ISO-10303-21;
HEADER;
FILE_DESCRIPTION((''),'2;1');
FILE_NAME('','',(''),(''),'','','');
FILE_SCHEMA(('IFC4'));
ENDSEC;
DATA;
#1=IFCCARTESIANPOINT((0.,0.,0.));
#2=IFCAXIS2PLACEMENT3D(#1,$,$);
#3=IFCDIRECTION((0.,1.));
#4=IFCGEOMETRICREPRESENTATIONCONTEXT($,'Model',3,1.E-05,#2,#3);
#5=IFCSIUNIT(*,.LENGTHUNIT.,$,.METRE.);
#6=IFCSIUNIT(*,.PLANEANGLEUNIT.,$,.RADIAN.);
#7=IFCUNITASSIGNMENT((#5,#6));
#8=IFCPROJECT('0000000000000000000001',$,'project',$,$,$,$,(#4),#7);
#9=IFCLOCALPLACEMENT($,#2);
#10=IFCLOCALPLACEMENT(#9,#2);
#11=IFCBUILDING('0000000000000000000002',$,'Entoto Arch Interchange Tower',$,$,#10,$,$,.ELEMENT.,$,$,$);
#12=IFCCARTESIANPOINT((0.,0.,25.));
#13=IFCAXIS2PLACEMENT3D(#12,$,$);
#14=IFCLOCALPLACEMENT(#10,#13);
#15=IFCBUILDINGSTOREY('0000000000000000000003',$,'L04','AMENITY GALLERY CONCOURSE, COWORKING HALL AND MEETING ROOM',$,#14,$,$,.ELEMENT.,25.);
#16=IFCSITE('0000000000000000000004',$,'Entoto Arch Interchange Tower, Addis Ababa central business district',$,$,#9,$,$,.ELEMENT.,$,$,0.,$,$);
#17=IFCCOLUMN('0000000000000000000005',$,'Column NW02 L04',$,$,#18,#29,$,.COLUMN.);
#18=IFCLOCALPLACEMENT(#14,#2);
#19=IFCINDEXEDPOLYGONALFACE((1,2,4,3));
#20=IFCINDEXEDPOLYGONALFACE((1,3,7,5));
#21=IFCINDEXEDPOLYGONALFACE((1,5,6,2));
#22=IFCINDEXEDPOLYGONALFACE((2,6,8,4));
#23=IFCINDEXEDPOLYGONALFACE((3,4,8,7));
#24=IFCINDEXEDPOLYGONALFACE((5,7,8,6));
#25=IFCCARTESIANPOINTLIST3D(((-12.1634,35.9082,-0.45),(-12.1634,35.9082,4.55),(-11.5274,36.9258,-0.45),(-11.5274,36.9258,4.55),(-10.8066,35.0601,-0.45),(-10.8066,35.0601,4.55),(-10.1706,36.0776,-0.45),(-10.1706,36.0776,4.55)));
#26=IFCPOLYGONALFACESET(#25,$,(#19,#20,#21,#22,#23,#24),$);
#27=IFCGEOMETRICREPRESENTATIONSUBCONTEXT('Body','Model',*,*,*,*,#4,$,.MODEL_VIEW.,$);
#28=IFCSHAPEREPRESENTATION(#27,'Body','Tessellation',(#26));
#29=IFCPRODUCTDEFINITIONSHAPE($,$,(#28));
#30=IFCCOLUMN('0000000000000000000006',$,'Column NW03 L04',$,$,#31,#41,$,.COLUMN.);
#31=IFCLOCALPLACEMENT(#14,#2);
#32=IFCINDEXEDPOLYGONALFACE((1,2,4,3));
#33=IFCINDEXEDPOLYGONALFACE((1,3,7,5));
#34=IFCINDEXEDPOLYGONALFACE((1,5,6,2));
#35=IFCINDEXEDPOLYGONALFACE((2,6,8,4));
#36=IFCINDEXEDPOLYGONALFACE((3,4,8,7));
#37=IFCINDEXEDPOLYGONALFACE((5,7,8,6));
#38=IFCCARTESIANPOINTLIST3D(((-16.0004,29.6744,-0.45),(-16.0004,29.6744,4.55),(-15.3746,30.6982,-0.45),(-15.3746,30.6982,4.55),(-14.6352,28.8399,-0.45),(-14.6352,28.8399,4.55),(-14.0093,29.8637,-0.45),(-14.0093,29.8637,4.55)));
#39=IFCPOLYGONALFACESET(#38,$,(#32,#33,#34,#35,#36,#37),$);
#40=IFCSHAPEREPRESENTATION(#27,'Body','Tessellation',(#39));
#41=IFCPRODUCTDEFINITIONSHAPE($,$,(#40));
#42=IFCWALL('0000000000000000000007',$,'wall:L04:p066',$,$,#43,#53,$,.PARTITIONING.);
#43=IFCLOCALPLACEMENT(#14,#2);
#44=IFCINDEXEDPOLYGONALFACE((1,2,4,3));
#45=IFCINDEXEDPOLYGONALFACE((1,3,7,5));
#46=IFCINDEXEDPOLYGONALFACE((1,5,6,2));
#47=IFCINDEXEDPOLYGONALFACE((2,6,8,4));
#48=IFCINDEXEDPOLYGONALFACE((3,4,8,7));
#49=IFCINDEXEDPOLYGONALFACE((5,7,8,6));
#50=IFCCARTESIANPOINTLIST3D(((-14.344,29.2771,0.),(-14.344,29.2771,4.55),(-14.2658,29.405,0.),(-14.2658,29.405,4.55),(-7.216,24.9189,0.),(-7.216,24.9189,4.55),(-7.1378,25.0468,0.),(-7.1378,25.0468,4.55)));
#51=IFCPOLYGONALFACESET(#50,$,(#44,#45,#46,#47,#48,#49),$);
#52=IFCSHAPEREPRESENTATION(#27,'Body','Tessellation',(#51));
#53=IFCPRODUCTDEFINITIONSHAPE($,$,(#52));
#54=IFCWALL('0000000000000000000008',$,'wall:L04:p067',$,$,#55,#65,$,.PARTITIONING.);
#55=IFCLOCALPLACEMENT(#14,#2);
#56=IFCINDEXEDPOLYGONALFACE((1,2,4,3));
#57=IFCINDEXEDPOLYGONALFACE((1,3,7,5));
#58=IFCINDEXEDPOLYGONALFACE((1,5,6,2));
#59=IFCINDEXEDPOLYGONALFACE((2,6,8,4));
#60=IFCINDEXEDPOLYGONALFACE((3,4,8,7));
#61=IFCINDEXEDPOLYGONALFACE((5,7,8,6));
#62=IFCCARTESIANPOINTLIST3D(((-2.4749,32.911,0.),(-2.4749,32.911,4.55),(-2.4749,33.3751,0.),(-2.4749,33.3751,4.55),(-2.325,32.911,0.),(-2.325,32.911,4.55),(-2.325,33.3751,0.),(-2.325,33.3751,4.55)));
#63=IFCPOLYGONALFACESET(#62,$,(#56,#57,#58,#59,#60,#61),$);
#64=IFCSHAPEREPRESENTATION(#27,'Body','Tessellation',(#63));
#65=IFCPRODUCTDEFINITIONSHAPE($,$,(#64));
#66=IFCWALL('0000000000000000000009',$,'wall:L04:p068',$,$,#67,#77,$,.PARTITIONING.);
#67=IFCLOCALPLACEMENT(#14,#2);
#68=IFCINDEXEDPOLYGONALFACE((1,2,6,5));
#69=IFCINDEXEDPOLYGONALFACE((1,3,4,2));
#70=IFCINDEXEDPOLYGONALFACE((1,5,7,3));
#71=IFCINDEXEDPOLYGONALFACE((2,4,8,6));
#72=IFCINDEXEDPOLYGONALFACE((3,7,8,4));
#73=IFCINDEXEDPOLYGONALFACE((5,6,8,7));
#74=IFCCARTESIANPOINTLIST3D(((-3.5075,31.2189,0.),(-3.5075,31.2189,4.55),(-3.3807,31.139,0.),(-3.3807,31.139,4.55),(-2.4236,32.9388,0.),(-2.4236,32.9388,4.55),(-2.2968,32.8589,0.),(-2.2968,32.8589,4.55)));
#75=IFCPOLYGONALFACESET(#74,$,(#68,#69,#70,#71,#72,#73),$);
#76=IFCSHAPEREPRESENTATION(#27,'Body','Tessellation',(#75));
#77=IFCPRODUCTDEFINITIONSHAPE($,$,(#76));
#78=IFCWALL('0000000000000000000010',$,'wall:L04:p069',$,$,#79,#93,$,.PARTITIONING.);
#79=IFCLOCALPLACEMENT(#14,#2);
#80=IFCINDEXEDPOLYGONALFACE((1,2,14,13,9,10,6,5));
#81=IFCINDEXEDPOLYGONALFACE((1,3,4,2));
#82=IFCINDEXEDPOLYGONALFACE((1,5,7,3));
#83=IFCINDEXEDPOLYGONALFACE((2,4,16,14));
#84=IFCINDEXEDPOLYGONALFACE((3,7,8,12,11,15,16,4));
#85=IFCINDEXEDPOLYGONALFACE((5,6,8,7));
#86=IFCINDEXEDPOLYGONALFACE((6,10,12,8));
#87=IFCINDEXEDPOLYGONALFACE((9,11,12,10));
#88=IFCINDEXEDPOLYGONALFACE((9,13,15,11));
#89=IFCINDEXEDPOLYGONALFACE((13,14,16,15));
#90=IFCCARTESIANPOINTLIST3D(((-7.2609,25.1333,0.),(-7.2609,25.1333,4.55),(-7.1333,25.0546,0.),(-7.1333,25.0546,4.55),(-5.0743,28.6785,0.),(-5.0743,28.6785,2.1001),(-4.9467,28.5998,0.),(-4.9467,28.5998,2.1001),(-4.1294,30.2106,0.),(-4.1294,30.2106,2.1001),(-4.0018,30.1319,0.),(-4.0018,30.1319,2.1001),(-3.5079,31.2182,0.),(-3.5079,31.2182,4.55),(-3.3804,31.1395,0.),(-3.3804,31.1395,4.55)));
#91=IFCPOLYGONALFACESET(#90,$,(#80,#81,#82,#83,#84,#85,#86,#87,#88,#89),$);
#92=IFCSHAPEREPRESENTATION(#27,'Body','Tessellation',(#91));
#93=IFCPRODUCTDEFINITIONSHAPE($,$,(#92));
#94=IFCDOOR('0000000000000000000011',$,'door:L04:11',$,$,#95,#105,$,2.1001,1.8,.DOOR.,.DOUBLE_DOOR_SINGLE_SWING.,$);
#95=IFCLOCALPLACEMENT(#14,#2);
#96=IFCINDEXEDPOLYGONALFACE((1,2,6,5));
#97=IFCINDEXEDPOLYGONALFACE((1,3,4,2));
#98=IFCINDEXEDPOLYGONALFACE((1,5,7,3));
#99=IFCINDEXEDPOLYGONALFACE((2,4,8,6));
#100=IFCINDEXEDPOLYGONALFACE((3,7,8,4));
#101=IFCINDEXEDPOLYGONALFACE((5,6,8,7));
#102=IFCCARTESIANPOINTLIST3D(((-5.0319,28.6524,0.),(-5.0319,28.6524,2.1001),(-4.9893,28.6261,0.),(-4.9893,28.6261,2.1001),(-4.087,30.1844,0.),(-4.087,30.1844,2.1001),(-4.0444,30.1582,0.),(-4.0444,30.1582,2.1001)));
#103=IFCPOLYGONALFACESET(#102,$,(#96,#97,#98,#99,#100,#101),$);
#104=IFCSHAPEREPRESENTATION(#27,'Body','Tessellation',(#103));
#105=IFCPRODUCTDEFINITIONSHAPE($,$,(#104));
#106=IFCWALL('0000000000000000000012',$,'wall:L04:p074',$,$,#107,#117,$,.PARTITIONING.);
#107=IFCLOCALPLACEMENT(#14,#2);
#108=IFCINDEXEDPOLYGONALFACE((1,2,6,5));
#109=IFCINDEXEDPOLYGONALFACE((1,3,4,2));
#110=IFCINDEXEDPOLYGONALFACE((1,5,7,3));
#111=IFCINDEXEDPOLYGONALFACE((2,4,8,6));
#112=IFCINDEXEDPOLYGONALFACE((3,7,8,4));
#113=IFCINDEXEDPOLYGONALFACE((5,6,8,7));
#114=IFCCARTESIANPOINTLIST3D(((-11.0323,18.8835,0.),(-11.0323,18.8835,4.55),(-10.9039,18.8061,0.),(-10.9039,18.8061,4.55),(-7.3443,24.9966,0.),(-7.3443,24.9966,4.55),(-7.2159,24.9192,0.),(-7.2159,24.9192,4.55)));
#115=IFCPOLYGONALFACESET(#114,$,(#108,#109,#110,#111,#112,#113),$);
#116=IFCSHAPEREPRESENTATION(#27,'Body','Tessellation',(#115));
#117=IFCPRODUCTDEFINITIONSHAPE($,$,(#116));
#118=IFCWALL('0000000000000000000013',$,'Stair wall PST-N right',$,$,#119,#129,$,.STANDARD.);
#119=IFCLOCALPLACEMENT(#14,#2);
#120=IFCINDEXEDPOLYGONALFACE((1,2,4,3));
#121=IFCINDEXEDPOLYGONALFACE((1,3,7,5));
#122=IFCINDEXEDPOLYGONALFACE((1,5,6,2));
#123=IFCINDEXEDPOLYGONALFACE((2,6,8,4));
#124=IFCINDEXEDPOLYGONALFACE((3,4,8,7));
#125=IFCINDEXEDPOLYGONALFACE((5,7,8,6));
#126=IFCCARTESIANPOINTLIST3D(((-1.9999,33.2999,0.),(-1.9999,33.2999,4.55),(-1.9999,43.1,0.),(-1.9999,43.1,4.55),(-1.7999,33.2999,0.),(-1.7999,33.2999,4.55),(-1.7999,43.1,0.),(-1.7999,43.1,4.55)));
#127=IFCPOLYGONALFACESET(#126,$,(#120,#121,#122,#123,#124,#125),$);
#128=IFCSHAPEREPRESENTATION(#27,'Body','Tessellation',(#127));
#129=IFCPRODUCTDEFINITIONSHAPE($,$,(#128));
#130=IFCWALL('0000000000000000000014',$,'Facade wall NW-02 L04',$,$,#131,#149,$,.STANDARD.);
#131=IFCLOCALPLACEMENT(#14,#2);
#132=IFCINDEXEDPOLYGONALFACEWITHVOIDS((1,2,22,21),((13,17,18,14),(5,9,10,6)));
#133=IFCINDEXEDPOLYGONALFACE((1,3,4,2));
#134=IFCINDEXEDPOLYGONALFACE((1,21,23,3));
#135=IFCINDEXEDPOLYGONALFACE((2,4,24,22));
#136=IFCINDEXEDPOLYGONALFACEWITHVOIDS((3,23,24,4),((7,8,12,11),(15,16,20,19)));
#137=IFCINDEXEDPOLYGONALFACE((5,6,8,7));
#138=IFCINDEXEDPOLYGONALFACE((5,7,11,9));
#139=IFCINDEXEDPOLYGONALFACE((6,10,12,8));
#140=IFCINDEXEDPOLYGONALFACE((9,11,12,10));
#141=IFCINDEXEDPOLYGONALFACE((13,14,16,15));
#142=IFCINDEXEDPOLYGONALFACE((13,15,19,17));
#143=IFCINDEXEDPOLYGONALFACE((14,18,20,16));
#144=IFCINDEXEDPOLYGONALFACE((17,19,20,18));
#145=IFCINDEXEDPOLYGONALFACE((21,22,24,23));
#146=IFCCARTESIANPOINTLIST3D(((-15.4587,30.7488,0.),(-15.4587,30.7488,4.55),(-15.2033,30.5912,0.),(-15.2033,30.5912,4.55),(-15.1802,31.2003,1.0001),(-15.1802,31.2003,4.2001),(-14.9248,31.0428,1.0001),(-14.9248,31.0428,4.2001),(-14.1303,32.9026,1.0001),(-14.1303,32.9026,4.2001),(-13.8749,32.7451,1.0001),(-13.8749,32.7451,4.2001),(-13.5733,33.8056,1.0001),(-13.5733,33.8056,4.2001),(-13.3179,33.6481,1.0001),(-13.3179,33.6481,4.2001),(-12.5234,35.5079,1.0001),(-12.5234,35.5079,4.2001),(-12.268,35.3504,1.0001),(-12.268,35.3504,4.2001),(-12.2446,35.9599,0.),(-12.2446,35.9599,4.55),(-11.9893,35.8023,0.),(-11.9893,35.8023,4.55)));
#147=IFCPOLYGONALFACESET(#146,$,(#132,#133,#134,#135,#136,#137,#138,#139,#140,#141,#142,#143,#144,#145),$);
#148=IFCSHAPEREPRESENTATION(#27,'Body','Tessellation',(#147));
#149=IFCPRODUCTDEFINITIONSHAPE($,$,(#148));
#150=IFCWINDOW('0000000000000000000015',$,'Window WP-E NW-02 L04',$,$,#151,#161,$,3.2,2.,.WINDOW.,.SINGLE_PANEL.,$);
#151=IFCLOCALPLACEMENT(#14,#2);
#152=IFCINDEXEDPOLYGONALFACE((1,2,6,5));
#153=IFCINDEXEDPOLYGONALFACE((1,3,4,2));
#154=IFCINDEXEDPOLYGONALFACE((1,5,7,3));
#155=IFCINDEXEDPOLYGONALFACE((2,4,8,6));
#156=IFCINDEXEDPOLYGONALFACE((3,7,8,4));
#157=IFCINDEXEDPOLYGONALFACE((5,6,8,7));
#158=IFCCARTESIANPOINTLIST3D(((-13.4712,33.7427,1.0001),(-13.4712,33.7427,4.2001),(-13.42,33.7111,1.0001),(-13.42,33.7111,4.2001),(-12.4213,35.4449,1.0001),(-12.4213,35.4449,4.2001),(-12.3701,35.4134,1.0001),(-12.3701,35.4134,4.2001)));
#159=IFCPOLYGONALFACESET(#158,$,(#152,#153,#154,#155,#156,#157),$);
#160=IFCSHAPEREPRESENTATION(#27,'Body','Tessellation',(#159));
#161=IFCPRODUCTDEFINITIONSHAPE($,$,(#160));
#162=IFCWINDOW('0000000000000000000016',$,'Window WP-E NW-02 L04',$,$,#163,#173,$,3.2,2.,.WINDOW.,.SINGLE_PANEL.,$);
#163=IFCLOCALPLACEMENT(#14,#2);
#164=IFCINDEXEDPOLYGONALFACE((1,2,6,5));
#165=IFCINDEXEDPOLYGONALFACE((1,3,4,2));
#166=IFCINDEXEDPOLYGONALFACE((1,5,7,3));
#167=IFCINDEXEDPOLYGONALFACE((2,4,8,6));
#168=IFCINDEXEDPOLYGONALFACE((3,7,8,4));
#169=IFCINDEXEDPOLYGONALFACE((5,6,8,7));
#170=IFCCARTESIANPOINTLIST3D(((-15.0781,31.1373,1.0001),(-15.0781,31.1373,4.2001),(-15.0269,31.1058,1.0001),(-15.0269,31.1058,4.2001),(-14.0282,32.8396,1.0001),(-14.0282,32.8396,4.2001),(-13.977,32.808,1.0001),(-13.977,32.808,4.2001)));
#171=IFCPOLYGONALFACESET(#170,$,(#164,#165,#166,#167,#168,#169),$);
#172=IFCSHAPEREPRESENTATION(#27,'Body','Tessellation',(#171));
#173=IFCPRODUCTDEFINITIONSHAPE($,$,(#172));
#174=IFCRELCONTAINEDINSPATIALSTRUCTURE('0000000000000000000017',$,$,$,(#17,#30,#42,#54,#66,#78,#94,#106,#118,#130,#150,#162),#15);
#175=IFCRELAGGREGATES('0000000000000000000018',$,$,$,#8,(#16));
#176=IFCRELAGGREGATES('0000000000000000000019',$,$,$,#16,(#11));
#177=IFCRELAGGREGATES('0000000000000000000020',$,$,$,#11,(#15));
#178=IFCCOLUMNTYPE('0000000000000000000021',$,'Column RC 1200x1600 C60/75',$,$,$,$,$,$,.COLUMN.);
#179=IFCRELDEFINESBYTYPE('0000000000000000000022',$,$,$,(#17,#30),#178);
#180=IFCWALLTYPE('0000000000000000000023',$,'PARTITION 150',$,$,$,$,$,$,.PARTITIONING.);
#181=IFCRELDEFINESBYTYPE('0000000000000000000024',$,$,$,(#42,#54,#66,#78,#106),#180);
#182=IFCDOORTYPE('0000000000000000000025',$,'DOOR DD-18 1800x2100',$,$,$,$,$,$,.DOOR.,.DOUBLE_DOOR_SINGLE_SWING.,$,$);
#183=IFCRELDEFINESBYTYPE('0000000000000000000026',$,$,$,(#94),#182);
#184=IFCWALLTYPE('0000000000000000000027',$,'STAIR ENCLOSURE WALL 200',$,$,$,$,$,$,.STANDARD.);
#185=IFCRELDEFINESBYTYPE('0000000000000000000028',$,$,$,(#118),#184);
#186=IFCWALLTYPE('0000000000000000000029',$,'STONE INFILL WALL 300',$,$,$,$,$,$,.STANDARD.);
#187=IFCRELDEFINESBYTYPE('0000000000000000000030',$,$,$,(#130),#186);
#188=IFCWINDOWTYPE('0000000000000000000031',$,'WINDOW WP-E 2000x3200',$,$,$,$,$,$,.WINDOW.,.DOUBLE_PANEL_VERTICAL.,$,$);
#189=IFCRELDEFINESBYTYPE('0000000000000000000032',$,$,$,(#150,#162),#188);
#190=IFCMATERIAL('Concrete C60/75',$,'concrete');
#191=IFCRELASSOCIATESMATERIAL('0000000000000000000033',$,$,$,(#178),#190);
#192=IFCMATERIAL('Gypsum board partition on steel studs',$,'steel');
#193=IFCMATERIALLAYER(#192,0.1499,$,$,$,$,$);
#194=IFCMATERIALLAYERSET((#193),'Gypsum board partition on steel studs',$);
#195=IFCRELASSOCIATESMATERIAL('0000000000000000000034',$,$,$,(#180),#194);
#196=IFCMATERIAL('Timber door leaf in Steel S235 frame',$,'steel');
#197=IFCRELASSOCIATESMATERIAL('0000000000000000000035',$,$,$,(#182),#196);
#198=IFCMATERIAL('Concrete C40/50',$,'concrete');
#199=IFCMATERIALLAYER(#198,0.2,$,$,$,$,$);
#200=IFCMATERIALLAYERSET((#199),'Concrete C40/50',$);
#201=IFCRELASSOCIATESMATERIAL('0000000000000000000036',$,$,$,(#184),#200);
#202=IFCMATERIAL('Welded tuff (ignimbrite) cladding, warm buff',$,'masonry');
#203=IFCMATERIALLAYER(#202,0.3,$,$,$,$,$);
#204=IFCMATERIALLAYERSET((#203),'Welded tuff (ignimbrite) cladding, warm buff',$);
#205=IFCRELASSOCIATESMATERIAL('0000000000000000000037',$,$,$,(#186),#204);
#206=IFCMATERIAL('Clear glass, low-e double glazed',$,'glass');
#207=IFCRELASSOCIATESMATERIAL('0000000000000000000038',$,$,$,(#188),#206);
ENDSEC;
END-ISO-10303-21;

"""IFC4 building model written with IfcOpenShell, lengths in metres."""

from ifc_helpers import new_model, si_unit, direction, frame, frame_2d, origin, origin_2d, place, context, subcontext, project, spatial, rectangle, extrude, material, layer, layer_set, material_profile, profile_set, type_object, element, fill, save


model = new_model("IFC4")

# Units and contexts
model_context = context("Model", 3, precision=1e-05, world=origin(), true_north=direction((0.0, 1.0)))
body_context = subcontext(model_context, "Body", "Model", "MODEL_VIEW")
ifc_project = project(units=[si_unit("LENGTHUNIT", "METRE"), si_unit("PLANEANGLEUNIT", "RADIAN")], contexts=[model_context])

# Site, building, storey
site_placement = place(None, origin())
site = spatial("IfcSite", under=ifc_project, at=site_placement, Name="Entoto Arch Interchange Tower, Addis Ababa central business district", CompositionType="ELEMENT", RefElevation=0.0)
building_placement = place(site_placement, origin())
building = spatial("IfcBuilding", under=site, at=building_placement, Name="Entoto Arch Interchange Tower", CompositionType="ELEMENT")
storey_placement = place(building_placement, frame((0.0, 0.0, 25.0)))
storey = spatial("IfcBuildingStorey", under=building, at=storey_placement, Name="L04", Description="AMENITY GALLERY CONCOURSE, COWORKING HALL AND MEETING ROOM", CompositionType="ELEMENT", Elevation=25.0)

# Columns
ifc_material_1 = material(Name="Concrete C60/75", Category="concrete")
ifc_material_profile = material_profile(ifc_material_1, rectangle(XDim=1.2, YDim=1.6001, at=origin_2d()))
ifc_profile_set = profile_set([ifc_material_profile], Name="Concrete C60/75")
column_type = type_object("IfcColumnType", Name="Column RC 1200x1600 C60/75", PredefinedType="COLUMN", material=ifc_profile_set)
for number, where, z_axis, x_axis, name in (
    (1, (-11.167, 35.9929, -0.45), (0.0, 0.0, 1.0), (0.530067, 0.847956, 0.0), "Column NW02 L04"),
    (2, (-15.0049, 29.769, -0.45), (0.0, 0.0, 1.0), (0.521546, 0.853223, 0.0), "Column NW03 L04"),
):
    element("IfcColumn", number, at=place(storey_placement, frame(where, z_axis=z_axis, x_axis=x_axis)), inside=storey, type_object=column_type, Name=name, PredefinedType="COLUMN", context=body_context, shape_type="SweptSolid", body=[
        extrude(rectangle(XDim=1.2, YDim=1.6001, at=origin_2d()), origin(), (0.0, 0.0, 1.0), 5.0),
    ])

# Walls
ifc_material_2 = material(Name="Gypsum board partition on steel studs", Category="steel")
ifc_layer_1 = layer(ifc_material_2, 0.1499)
ifc_layer_set_1 = layer_set([ifc_layer_1], Name="Gypsum board partition on steel studs")
wall_type_1 = type_object("IfcWallType", Name="PARTITION 150", PredefinedType="PARTITIONING", material=ifc_layer_set_1)
wall_1_placement = place(storey_placement, frame((-7.177, 24.9829, 0.0), z_axis=(0.0, 0.0, 1.0), x_axis=(-0.853165, 0.521641, 0.0)))
element("IfcWall", 3, at=wall_1_placement, inside=storey, type_object=wall_type_1, Name="wall:L04:p066", PredefinedType="PARTITIONING", context=body_context, shape_type="SweptSolid", body=[
    extrude(rectangle(XDim=8.3547, YDim=0.1499, at=frame_2d((4.1772, 0.0))), origin(), (0.0, 0.0, 1.0), 4.55),
])
wall_2_placement = place(storey_placement, frame((-2.3999, 33.375, 0.0), z_axis=(0.0, 0.0, 1.0), x_axis=(0.0, -1.0, 0.0)))
element("IfcWall", 4, at=wall_2_placement, inside=storey, type_object=wall_type_1, Name="wall:L04:p067", PredefinedType="PARTITIONING", context=body_context, shape_type="SweptSolid", body=[
    extrude(rectangle(XDim=0.4641, YDim=0.1499, at=frame_2d((0.2319, 0.0))), origin(), (0.0, 0.0, 1.0), 4.55),
])
wall_3_placement = place(storey_placement, frame((-2.3601, 32.8989, 0.0), z_axis=(0.0, 0.0, 1.0), x_axis=(-0.533179, -0.846002, 0.0)))
element("IfcWall", 5, at=wall_3_placement, inside=storey, type_object=wall_type_1, Name="wall:L04:p068", PredefinedType="PARTITIONING", context=body_context, shape_type="SweptSolid", body=[
    extrude(rectangle(XDim=2.033, YDim=0.1499, at=frame_2d((1.0166, 0.0))), origin(), (0.0, 0.0, 1.0), 4.55),
])

# Wall, opening, door
wall_4_placement = place(storey_placement, frame((-3.4441, 31.179, 0.0), z_axis=(0.0, 0.0, 1.0), x_axis=(-0.524943, -0.851137, 0.0)))
wall_4 = element("IfcWall", 6, at=wall_4_placement, inside=storey, type_object=wall_type_1, Name="wall:L04:p069", PredefinedType="PARTITIONING", context=body_context, shape_type="SweptSolid", body=[
    extrude(rectangle(XDim=7.1492, YDim=0.1499, at=frame_2d((3.5747, 0.0))), origin(), (0.0, 0.0, 1.0), 4.55),
])
opening_1_placement = place(wall_4_placement, frame((1.1841, 0.0, 0.0)))
opening_1 = element("IfcOpeningElement", 7, at=opening_1_placement, cuts=wall_4, PredefinedType="OPENING", context=body_context, shape_type="SweptSolid", body=[
    extrude(rectangle(XDim=1.8, YDim=2.1001, at=frame_2d((0.8999, 1.05))), frame((0.0, 0.085, 0.0), z_axis=(0.0, -1.0, 0.0), x_axis=(1.0, 0.0, 0.0)), (0.0, 0.0, 1.0), 0.1699),
])
ifc_material_3 = material(Name="Timber door leaf in Steel S235 frame", Category="steel")
door_type = type_object("IfcDoorType", Name="DOOR DD-18 1800x2100", OperationType="DOUBLE_DOOR_SINGLE_SWING", PredefinedType="DOOR", material=ifc_material_3)
door_placement = place(opening_1_placement, origin())
door = element("IfcDoor", 8, at=door_placement, inside=storey, type_object=door_type, Name="door:L04:11", OperationType="DOUBLE_DOOR_SINGLE_SWING", OverallHeight=2.1001, OverallWidth=1.8, PredefinedType="DOOR", context=body_context, shape_type="SweptSolid", body=[
    extrude(rectangle(XDim=1.8, YDim=2.1001, at=frame_2d((0.8999, 1.05))), frame((0.0, 0.0249, 0.0), z_axis=(0.0, -1.0, 0.0), x_axis=(1.0, 0.0, 0.0)), (0.0, 0.0, 1.0), 0.05),
])
fill(opening_1, door)

# Walls
wall_5_placement = place(storey_placement, frame((-7.28, 24.958, 0.0), z_axis=(0.0, 0.0, 1.0), x_axis=(-0.516571, -0.856244, 0.0)))
element("IfcWall", 9, at=wall_5_placement, inside=storey, type_object=wall_type_1, Name="wall:L04:p074", PredefinedType="PARTITIONING", context=body_context, shape_type="SweptSolid", body=[
    extrude(rectangle(XDim=7.1394, YDim=0.1499, at=frame_2d((3.5698, 0.0))), origin(), (0.0, 0.0, 1.0), 4.55),
])
ifc_material_4 = material(Name="Concrete C40/50", Category="concrete")
ifc_layer_2 = layer(ifc_material_4, 0.2)
ifc_layer_set_2 = layer_set([ifc_layer_2], Name="Concrete C40/50")
wall_type_2 = type_object("IfcWallType", Name="STAIR ENCLOSURE WALL 200", PredefinedType="STANDARD", material=ifc_layer_set_2)
wall_6_placement = place(storey_placement, frame((-1.8999, 33.3, 0.0), z_axis=(0.0, 0.0, 1.0), x_axis=(0.0, 1.0, 0.0)))
element("IfcWall", 10, at=wall_6_placement, inside=storey, type_object=wall_type_2, Name="Stair wall PST-N right", PredefinedType="STANDARD", context=body_context, shape_type="SweptSolid", body=[
    extrude(rectangle(XDim=9.8, YDim=0.2, at=frame_2d((4.8999, 0.0))), origin(), (0.0, 0.0, 1.0), 4.55),
])

# Wall, openings, windows
ifc_material_5 = material(Name="Welded tuff (ignimbrite) cladding, warm buff", Category="masonry")
ifc_layer_3 = layer(ifc_material_5, 0.3)
ifc_layer_set_3 = layer_set([ifc_layer_3], Name="Welded tuff (ignimbrite) cladding, warm buff")
wall_type_3 = type_object("IfcWallType", Name="STONE INFILL WALL 300", PredefinedType="STANDARD", material=ifc_layer_set_3)
wall_7_placement = place(storey_placement, frame((-12.1169, 35.8811, 0.0), z_axis=(0.0, 0.0, 1.0), x_axis=(-0.524954, -0.851131, 0.0)))
wall_7 = element("IfcWall", 11, at=wall_7_placement, inside=storey, type_object=wall_type_3, Name="Facade wall NW-02 L04", PredefinedType="STANDARD", context=body_context, shape_type="SweptSolid", body=[
    extrude(rectangle(XDim=6.1226, YDim=0.3, at=frame_2d((3.0613, 0.0))), origin(), (0.0, 0.0, 1.0), 4.55),
])
opening_2_placement = place(wall_7_placement, frame((0.531, 0.0, 1.0)))
opening_2 = element("IfcOpeningElement", 12, at=opening_2_placement, cuts=wall_7, PredefinedType="OPENING", context=body_context, shape_type="SweptSolid", body=[
    extrude(rectangle(XDim=2.0, YDim=3.2, at=frame_2d((1.0, 1.6001))), frame((0.0, 0.1602, 0.0), z_axis=(0.0, -1.0, 0.0), x_axis=(1.0, 0.0, 0.0)), (0.0, 0.0, 1.0), 0.3201),
])
opening_3_placement = place(wall_7_placement, frame((3.592, 0.0, 1.0)))
opening_3 = element("IfcOpeningElement", 13, at=opening_3_placement, cuts=wall_7, PredefinedType="OPENING", context=body_context, shape_type="SweptSolid", body=[
    extrude(rectangle(XDim=2.0, YDim=3.2, at=frame_2d((1.0, 1.6001))), frame((0.0, 0.1602, 0.0), z_axis=(0.0, -1.0, 0.0), x_axis=(1.0, 0.0, 0.0)), (0.0, 0.0, 1.0), 0.3201),
])
ifc_material_6 = material(Name="Clear glass, low-e double glazed", Category="glass")
window_type = type_object("IfcWindowType", Name="WINDOW WP-E 2000x3200", PartitioningType="DOUBLE_PANEL_VERTICAL", PredefinedType="WINDOW", material=ifc_material_6)
window_1_placement = place(opening_2_placement, origin())
window_1 = element("IfcWindow", 14, at=window_1_placement, inside=storey, type_object=window_type, Name="Window WP-E NW-02 L04", OverallHeight=3.2, OverallWidth=2.0, PartitioningType="SINGLE_PANEL", PredefinedType="WINDOW", context=body_context, shape_type="SweptSolid", body=[
    extrude(rectangle(XDim=2.0, YDim=3.2, at=frame_2d((1.0, 1.6001))), frame((0.0, 0.03, 0.0), z_axis=(0.0, -1.0, 0.0), x_axis=(1.0, 0.0, 0.0)), (0.0, 0.0, 1.0), 0.0601),
])
fill(opening_2, window_1)
window_2_placement = place(opening_3_placement, origin())
window_2 = element("IfcWindow", 15, at=window_2_placement, inside=storey, type_object=window_type, Name="Window WP-E NW-02 L04", OverallHeight=3.2, OverallWidth=2.0, PartitioningType="SINGLE_PANEL", PredefinedType="WINDOW", context=body_context, shape_type="SweptSolid", body=[
    extrude(rectangle(XDim=2.0, YDim=3.2, at=frame_2d((1.0, 1.6001))), frame((0.0, 0.03, 0.0), z_axis=(0.0, -1.0, 0.0), x_axis=(1.0, 0.0, 0.0)), (0.0, 0.0, 1.0), 0.0601),
])
fill(opening_3, window_2)

save(model, "model.ifc")
